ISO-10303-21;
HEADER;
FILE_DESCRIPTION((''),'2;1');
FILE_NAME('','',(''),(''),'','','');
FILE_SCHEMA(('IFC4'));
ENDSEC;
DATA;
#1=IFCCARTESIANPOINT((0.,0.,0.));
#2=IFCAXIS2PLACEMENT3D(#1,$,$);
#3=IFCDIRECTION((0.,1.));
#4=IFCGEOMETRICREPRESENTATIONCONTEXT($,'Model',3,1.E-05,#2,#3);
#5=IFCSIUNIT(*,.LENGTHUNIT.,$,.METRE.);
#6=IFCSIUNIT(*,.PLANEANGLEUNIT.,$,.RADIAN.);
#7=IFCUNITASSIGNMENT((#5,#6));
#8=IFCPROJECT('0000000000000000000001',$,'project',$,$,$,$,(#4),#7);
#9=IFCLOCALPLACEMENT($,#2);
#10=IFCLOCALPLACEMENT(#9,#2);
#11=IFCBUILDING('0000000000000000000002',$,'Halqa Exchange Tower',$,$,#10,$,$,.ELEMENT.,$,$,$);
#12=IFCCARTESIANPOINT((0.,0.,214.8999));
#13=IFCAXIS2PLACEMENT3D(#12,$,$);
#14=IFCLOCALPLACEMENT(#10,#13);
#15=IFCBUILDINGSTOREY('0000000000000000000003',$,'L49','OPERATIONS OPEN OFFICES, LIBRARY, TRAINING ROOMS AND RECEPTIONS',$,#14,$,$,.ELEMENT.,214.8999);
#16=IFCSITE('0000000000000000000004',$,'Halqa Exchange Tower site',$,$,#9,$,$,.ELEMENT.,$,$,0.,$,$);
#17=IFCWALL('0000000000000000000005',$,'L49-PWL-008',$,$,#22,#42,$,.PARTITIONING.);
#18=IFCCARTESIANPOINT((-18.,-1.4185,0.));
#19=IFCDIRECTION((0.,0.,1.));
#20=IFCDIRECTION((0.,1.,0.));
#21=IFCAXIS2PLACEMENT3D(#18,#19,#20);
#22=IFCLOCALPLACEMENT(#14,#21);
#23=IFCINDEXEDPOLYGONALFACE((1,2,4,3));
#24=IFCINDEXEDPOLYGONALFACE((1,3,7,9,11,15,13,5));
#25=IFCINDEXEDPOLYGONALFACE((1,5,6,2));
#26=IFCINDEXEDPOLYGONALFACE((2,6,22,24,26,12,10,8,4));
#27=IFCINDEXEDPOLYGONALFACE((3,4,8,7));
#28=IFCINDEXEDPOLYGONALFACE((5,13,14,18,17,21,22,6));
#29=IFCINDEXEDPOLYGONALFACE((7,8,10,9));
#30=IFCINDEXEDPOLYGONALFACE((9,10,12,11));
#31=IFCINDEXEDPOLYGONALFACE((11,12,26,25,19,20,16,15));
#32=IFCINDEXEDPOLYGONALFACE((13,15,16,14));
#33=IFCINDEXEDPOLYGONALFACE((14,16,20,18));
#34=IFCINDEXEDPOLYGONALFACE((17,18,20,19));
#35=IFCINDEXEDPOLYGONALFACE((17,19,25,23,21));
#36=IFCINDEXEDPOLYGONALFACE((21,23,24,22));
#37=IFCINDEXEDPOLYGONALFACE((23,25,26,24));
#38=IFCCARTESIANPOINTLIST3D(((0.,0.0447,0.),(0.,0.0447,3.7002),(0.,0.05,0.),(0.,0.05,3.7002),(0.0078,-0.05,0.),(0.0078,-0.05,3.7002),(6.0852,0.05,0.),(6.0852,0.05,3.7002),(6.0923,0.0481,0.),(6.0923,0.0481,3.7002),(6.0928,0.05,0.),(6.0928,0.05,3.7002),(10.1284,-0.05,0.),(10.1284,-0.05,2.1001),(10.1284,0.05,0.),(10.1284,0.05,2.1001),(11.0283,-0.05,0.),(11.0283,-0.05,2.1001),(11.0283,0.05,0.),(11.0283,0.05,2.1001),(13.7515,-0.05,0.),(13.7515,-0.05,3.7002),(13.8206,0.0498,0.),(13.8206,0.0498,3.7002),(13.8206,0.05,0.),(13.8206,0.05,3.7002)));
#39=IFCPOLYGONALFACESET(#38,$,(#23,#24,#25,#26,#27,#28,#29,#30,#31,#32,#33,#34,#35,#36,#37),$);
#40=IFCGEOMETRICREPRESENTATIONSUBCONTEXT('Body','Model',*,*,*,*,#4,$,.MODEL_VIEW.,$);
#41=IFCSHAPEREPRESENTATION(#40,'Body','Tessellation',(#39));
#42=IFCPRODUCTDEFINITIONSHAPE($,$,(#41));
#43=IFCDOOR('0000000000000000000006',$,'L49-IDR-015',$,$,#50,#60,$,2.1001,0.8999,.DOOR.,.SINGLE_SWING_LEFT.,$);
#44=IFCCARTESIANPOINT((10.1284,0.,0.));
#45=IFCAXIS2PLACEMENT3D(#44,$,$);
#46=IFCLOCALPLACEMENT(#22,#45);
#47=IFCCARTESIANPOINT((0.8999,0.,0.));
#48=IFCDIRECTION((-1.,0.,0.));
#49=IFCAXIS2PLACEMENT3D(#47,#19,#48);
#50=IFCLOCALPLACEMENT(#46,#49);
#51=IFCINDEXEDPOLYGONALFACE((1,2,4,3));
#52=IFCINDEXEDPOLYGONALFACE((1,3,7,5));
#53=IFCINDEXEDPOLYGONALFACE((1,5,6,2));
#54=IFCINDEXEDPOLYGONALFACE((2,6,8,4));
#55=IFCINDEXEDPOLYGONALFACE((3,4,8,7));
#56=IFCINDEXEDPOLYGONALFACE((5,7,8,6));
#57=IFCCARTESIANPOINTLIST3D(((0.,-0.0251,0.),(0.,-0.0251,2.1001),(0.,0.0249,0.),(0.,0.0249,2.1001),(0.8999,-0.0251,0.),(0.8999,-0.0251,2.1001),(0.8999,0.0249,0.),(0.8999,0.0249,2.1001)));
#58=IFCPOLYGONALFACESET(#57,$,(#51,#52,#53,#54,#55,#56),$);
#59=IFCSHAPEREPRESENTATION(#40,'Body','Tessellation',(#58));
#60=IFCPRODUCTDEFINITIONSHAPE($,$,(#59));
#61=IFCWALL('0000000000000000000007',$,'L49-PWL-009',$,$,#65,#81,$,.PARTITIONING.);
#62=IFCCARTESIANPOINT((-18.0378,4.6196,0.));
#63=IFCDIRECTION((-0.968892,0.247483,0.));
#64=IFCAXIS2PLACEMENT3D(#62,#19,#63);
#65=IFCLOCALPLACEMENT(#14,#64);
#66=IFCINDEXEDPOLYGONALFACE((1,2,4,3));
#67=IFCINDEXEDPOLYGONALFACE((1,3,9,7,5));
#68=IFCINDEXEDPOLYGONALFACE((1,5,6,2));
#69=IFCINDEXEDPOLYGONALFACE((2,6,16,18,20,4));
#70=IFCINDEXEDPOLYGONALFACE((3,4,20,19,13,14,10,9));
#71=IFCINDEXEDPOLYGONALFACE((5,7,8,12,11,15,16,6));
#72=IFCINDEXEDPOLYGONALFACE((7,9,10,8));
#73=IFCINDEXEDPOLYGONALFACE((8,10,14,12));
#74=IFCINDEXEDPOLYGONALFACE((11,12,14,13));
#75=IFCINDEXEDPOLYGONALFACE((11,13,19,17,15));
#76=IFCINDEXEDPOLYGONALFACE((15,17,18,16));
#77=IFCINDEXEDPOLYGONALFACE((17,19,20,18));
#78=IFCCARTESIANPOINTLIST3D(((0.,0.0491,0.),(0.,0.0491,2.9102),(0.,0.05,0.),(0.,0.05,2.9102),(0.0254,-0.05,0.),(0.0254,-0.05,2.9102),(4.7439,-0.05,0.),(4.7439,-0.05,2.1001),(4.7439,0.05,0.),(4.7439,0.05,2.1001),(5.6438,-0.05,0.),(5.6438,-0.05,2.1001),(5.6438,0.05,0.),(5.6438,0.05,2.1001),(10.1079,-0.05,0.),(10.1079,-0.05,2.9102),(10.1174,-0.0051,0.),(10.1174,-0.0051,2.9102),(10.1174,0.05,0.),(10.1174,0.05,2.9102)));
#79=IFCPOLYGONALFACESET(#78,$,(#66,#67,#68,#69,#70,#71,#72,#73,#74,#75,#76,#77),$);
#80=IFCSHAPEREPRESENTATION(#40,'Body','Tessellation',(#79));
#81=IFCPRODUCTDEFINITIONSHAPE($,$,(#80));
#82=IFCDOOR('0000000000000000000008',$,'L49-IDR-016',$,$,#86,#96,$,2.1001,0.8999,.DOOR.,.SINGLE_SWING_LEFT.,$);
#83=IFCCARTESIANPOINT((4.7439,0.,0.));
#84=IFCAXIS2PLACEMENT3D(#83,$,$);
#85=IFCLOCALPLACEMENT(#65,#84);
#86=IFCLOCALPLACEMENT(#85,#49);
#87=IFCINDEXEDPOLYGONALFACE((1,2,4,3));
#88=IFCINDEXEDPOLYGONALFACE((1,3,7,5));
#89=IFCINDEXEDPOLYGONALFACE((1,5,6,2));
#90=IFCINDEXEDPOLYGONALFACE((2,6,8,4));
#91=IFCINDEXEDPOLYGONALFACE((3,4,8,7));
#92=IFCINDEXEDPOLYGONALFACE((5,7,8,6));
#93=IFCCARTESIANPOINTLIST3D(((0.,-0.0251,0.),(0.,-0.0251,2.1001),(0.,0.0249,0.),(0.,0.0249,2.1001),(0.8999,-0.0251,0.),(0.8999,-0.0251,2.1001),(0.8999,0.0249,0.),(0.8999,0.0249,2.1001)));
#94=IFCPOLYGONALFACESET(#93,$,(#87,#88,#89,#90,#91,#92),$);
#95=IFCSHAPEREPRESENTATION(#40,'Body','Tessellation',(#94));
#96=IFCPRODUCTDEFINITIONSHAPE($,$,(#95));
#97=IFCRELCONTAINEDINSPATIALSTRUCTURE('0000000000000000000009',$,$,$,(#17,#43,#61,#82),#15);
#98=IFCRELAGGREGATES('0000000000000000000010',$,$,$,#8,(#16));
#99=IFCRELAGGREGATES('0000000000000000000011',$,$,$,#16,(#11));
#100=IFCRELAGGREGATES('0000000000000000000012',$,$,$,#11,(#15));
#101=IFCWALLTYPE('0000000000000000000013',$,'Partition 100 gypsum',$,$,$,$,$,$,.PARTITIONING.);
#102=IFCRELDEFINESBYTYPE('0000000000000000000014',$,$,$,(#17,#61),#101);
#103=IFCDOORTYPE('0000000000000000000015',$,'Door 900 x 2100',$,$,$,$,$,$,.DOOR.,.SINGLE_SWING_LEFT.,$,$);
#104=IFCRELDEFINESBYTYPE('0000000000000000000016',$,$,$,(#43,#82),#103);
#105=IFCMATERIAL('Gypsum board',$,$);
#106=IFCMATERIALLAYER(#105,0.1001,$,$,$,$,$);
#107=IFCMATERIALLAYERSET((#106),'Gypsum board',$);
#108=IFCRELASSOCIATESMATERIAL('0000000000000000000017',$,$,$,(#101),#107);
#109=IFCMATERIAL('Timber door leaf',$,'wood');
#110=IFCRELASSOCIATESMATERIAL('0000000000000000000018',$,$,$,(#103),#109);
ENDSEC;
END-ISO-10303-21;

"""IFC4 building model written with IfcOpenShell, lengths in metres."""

from ifc_helpers import new_model, si_unit, direction, frame, frame_2d, origin, place, context, subcontext, project, spatial, polyline, rectangle, outline, extrude, material, layer, layer_set, type_object, element, fill, save


model = new_model("IFC4")

# Units and contexts
model_context = context("Model", 3, precision=1e-05, world=origin(), true_north=direction((0.0, 1.0)))
body_context = subcontext(model_context, "Body", "Model", "MODEL_VIEW")
ifc_project = project(units=[si_unit("LENGTHUNIT", "METRE"), si_unit("PLANEANGLEUNIT", "RADIAN")], contexts=[model_context])

# Site, building, storey
site_placement = place(None, origin())
site = spatial("IfcSite", under=ifc_project, at=site_placement, Name="Halqa Exchange Tower site", CompositionType="ELEMENT", RefElevation=0.0)
building_placement = place(site_placement, origin())
building = spatial("IfcBuilding", under=site, at=building_placement, Name="Halqa Exchange Tower", CompositionType="ELEMENT")
storey_placement = place(building_placement, frame((0.0, 0.0, 214.8999)))
storey = spatial("IfcBuildingStorey", under=building, at=storey_placement, Name="L49", Description="OPERATIONS OPEN OFFICES, LIBRARY, TRAINING ROOMS AND RECEPTIONS", CompositionType="ELEMENT", Elevation=214.8999)

# Walls, openings, doors
ifc_material_1 = material(Name="Gypsum board")
ifc_layer_1 = layer(ifc_material_1, 0.1001)
ifc_layer_set_1 = layer_set([ifc_layer_1], Name="Gypsum board")
wall_type_1 = type_object("IfcWallType", Name="Partition 100 gypsum", PredefinedType="PARTITIONING", material=ifc_layer_set_1)
wall_1_placement = place(storey_placement, frame((-18.0, -1.4185, 0.0), z_axis=(0.0, 0.0, 1.0), x_axis=(0.0, 1.0, 0.0)))
wall_1 = element("IfcWall", 1, at=wall_1_placement, inside=storey, type_object=wall_type_1, Name="L49-PWL-008", PredefinedType="PARTITIONING", context=body_context, shape_type="SweptSolid", body=[
    extrude(outline(polyline([(0.0078, -0.05), (1.813, -0.05), (3.6182, -0.05), (5.4233, -0.05), (7.2285, -0.05), (7.2285, -0.05), (7.3284, -0.05), (7.3284, -0.05), (8.9343, -0.05), (10.54, -0.05), (12.1458, -0.05), (13.7515, -0.05), (13.8206, 0.0498), (13.8206, 0.05), (11.8887, 0.05), (9.9568, 0.05), (8.0247, 0.05), (6.0928, 0.05), (6.0923, 0.0481), (6.0852, 0.05), (4.5637, 0.05), (3.0425, 0.05), (1.5212, 0.05), (0.0, 0.05), (0.0, 0.0447), (0.0078, -0.05)])), origin(), (0.0, 0.0, 1.0), 3.7002),
])
opening_1_placement = place(wall_1_placement, frame((10.1284, 0.0, 0.0)))
opening_1 = element("IfcOpeningElement", 2, at=opening_1_placement, cuts=wall_1, PredefinedType="OPENING", context=body_context, shape_type="SweptSolid", body=[
    extrude(rectangle(XDim=0.8999, YDim=2.1001, at=frame_2d((0.45, 1.05))), frame((0.0, 0.062, 0.0), z_axis=(0.0, -1.0, 0.0), x_axis=(1.0, 0.0, 0.0)), (0.0, 0.0, 1.0), 0.124),
])
ifc_material_2 = material(Name="Timber door leaf", Category="wood")
door_type_1 = type_object("IfcDoorType", Name="Door 900 x 2100", OperationType="SINGLE_SWING_LEFT", PredefinedType="DOOR", material=ifc_material_2)
door_1_placement = place(opening_1_placement, frame((0.8999, 0.0, 0.0), z_axis=(0.0, 0.0, 1.0), x_axis=(-1.0, 0.0, 0.0)))
door_1 = element("IfcDoor", 3, at=door_1_placement, inside=storey, type_object=door_type_1, Name="L49-IDR-015", OperationType="SINGLE_SWING_LEFT", OverallHeight=2.1001, OverallWidth=0.8999, PredefinedType="DOOR", context=body_context, shape_type="SweptSolid", body=[
    extrude(rectangle(XDim=0.8999, YDim=2.1001, at=frame_2d((0.45, 1.05))), frame((0.0, 0.0249, 0.0), z_axis=(0.0, -1.0, 0.0), x_axis=(1.0, 0.0, 0.0)), (0.0, 0.0, 1.0), 0.05),
])
fill(opening_1, door_1)
wall_2_placement = place(storey_placement, frame((-18.0378, 4.6196, 0.0), z_axis=(0.0, 0.0, 1.0), x_axis=(-0.968892, 0.247483, 0.0)))
wall_2 = element("IfcWall", 4, at=wall_2_placement, inside=storey, type_object=wall_type_1, Name="L49-PWL-009", PredefinedType="PARTITIONING", context=body_context, shape_type="SweptSolid", body=[
    extrude(outline(polyline([(0.0254, -0.05), (1.7058, -0.05), (3.3862, -0.05), (5.0667, -0.05), (6.7471, -0.05), (8.4275, -0.05), (10.1079, -0.05), (10.1174, -0.0051), (10.1174, 0.05), (8.4312, 0.05), (6.7449, 0.05), (5.0586, 0.05), (3.3726, 0.05), (1.6863, 0.05), (0.0, 0.05), (0.0, 0.0491), (0.0254, -0.05)])), origin(), (0.0, 0.0, 1.0), 2.9102),
])
opening_2_placement = place(wall_2_placement, frame((4.7439, 0.0, 0.0)))
opening_2 = element("IfcOpeningElement", 5, at=opening_2_placement, cuts=wall_2, PredefinedType="OPENING", context=body_context, shape_type="SweptSolid", body=[
    extrude(rectangle(XDim=0.8999, YDim=2.1001, at=frame_2d((0.45, 1.05))), frame((0.0, 0.062, 0.0), z_axis=(0.0, -1.0, 0.0), x_axis=(1.0, 0.0, 0.0)), (0.0, 0.0, 1.0), 0.124),
])
door_2_placement = place(opening_2_placement, frame((0.8999, 0.0, 0.0), z_axis=(0.0, 0.0, 1.0), x_axis=(-1.0, 0.0, 0.0)))
door_2 = element("IfcDoor", 6, at=door_2_placement, inside=storey, type_object=door_type_1, Name="L49-IDR-016", OperationType="SINGLE_SWING_LEFT", OverallHeight=2.1001, OverallWidth=0.8999, PredefinedType="DOOR", context=body_context, shape_type="SweptSolid", body=[
    extrude(rectangle(XDim=0.8999, YDim=2.1001, at=frame_2d((0.45, 1.05))), frame((0.0, 0.0249, 0.0), z_axis=(0.0, -1.0, 0.0), x_axis=(1.0, 0.0, 0.0)), (0.0, 0.0, 1.0), 0.05),
])
fill(opening_2, door_2)

save(model, "model.ifc")
